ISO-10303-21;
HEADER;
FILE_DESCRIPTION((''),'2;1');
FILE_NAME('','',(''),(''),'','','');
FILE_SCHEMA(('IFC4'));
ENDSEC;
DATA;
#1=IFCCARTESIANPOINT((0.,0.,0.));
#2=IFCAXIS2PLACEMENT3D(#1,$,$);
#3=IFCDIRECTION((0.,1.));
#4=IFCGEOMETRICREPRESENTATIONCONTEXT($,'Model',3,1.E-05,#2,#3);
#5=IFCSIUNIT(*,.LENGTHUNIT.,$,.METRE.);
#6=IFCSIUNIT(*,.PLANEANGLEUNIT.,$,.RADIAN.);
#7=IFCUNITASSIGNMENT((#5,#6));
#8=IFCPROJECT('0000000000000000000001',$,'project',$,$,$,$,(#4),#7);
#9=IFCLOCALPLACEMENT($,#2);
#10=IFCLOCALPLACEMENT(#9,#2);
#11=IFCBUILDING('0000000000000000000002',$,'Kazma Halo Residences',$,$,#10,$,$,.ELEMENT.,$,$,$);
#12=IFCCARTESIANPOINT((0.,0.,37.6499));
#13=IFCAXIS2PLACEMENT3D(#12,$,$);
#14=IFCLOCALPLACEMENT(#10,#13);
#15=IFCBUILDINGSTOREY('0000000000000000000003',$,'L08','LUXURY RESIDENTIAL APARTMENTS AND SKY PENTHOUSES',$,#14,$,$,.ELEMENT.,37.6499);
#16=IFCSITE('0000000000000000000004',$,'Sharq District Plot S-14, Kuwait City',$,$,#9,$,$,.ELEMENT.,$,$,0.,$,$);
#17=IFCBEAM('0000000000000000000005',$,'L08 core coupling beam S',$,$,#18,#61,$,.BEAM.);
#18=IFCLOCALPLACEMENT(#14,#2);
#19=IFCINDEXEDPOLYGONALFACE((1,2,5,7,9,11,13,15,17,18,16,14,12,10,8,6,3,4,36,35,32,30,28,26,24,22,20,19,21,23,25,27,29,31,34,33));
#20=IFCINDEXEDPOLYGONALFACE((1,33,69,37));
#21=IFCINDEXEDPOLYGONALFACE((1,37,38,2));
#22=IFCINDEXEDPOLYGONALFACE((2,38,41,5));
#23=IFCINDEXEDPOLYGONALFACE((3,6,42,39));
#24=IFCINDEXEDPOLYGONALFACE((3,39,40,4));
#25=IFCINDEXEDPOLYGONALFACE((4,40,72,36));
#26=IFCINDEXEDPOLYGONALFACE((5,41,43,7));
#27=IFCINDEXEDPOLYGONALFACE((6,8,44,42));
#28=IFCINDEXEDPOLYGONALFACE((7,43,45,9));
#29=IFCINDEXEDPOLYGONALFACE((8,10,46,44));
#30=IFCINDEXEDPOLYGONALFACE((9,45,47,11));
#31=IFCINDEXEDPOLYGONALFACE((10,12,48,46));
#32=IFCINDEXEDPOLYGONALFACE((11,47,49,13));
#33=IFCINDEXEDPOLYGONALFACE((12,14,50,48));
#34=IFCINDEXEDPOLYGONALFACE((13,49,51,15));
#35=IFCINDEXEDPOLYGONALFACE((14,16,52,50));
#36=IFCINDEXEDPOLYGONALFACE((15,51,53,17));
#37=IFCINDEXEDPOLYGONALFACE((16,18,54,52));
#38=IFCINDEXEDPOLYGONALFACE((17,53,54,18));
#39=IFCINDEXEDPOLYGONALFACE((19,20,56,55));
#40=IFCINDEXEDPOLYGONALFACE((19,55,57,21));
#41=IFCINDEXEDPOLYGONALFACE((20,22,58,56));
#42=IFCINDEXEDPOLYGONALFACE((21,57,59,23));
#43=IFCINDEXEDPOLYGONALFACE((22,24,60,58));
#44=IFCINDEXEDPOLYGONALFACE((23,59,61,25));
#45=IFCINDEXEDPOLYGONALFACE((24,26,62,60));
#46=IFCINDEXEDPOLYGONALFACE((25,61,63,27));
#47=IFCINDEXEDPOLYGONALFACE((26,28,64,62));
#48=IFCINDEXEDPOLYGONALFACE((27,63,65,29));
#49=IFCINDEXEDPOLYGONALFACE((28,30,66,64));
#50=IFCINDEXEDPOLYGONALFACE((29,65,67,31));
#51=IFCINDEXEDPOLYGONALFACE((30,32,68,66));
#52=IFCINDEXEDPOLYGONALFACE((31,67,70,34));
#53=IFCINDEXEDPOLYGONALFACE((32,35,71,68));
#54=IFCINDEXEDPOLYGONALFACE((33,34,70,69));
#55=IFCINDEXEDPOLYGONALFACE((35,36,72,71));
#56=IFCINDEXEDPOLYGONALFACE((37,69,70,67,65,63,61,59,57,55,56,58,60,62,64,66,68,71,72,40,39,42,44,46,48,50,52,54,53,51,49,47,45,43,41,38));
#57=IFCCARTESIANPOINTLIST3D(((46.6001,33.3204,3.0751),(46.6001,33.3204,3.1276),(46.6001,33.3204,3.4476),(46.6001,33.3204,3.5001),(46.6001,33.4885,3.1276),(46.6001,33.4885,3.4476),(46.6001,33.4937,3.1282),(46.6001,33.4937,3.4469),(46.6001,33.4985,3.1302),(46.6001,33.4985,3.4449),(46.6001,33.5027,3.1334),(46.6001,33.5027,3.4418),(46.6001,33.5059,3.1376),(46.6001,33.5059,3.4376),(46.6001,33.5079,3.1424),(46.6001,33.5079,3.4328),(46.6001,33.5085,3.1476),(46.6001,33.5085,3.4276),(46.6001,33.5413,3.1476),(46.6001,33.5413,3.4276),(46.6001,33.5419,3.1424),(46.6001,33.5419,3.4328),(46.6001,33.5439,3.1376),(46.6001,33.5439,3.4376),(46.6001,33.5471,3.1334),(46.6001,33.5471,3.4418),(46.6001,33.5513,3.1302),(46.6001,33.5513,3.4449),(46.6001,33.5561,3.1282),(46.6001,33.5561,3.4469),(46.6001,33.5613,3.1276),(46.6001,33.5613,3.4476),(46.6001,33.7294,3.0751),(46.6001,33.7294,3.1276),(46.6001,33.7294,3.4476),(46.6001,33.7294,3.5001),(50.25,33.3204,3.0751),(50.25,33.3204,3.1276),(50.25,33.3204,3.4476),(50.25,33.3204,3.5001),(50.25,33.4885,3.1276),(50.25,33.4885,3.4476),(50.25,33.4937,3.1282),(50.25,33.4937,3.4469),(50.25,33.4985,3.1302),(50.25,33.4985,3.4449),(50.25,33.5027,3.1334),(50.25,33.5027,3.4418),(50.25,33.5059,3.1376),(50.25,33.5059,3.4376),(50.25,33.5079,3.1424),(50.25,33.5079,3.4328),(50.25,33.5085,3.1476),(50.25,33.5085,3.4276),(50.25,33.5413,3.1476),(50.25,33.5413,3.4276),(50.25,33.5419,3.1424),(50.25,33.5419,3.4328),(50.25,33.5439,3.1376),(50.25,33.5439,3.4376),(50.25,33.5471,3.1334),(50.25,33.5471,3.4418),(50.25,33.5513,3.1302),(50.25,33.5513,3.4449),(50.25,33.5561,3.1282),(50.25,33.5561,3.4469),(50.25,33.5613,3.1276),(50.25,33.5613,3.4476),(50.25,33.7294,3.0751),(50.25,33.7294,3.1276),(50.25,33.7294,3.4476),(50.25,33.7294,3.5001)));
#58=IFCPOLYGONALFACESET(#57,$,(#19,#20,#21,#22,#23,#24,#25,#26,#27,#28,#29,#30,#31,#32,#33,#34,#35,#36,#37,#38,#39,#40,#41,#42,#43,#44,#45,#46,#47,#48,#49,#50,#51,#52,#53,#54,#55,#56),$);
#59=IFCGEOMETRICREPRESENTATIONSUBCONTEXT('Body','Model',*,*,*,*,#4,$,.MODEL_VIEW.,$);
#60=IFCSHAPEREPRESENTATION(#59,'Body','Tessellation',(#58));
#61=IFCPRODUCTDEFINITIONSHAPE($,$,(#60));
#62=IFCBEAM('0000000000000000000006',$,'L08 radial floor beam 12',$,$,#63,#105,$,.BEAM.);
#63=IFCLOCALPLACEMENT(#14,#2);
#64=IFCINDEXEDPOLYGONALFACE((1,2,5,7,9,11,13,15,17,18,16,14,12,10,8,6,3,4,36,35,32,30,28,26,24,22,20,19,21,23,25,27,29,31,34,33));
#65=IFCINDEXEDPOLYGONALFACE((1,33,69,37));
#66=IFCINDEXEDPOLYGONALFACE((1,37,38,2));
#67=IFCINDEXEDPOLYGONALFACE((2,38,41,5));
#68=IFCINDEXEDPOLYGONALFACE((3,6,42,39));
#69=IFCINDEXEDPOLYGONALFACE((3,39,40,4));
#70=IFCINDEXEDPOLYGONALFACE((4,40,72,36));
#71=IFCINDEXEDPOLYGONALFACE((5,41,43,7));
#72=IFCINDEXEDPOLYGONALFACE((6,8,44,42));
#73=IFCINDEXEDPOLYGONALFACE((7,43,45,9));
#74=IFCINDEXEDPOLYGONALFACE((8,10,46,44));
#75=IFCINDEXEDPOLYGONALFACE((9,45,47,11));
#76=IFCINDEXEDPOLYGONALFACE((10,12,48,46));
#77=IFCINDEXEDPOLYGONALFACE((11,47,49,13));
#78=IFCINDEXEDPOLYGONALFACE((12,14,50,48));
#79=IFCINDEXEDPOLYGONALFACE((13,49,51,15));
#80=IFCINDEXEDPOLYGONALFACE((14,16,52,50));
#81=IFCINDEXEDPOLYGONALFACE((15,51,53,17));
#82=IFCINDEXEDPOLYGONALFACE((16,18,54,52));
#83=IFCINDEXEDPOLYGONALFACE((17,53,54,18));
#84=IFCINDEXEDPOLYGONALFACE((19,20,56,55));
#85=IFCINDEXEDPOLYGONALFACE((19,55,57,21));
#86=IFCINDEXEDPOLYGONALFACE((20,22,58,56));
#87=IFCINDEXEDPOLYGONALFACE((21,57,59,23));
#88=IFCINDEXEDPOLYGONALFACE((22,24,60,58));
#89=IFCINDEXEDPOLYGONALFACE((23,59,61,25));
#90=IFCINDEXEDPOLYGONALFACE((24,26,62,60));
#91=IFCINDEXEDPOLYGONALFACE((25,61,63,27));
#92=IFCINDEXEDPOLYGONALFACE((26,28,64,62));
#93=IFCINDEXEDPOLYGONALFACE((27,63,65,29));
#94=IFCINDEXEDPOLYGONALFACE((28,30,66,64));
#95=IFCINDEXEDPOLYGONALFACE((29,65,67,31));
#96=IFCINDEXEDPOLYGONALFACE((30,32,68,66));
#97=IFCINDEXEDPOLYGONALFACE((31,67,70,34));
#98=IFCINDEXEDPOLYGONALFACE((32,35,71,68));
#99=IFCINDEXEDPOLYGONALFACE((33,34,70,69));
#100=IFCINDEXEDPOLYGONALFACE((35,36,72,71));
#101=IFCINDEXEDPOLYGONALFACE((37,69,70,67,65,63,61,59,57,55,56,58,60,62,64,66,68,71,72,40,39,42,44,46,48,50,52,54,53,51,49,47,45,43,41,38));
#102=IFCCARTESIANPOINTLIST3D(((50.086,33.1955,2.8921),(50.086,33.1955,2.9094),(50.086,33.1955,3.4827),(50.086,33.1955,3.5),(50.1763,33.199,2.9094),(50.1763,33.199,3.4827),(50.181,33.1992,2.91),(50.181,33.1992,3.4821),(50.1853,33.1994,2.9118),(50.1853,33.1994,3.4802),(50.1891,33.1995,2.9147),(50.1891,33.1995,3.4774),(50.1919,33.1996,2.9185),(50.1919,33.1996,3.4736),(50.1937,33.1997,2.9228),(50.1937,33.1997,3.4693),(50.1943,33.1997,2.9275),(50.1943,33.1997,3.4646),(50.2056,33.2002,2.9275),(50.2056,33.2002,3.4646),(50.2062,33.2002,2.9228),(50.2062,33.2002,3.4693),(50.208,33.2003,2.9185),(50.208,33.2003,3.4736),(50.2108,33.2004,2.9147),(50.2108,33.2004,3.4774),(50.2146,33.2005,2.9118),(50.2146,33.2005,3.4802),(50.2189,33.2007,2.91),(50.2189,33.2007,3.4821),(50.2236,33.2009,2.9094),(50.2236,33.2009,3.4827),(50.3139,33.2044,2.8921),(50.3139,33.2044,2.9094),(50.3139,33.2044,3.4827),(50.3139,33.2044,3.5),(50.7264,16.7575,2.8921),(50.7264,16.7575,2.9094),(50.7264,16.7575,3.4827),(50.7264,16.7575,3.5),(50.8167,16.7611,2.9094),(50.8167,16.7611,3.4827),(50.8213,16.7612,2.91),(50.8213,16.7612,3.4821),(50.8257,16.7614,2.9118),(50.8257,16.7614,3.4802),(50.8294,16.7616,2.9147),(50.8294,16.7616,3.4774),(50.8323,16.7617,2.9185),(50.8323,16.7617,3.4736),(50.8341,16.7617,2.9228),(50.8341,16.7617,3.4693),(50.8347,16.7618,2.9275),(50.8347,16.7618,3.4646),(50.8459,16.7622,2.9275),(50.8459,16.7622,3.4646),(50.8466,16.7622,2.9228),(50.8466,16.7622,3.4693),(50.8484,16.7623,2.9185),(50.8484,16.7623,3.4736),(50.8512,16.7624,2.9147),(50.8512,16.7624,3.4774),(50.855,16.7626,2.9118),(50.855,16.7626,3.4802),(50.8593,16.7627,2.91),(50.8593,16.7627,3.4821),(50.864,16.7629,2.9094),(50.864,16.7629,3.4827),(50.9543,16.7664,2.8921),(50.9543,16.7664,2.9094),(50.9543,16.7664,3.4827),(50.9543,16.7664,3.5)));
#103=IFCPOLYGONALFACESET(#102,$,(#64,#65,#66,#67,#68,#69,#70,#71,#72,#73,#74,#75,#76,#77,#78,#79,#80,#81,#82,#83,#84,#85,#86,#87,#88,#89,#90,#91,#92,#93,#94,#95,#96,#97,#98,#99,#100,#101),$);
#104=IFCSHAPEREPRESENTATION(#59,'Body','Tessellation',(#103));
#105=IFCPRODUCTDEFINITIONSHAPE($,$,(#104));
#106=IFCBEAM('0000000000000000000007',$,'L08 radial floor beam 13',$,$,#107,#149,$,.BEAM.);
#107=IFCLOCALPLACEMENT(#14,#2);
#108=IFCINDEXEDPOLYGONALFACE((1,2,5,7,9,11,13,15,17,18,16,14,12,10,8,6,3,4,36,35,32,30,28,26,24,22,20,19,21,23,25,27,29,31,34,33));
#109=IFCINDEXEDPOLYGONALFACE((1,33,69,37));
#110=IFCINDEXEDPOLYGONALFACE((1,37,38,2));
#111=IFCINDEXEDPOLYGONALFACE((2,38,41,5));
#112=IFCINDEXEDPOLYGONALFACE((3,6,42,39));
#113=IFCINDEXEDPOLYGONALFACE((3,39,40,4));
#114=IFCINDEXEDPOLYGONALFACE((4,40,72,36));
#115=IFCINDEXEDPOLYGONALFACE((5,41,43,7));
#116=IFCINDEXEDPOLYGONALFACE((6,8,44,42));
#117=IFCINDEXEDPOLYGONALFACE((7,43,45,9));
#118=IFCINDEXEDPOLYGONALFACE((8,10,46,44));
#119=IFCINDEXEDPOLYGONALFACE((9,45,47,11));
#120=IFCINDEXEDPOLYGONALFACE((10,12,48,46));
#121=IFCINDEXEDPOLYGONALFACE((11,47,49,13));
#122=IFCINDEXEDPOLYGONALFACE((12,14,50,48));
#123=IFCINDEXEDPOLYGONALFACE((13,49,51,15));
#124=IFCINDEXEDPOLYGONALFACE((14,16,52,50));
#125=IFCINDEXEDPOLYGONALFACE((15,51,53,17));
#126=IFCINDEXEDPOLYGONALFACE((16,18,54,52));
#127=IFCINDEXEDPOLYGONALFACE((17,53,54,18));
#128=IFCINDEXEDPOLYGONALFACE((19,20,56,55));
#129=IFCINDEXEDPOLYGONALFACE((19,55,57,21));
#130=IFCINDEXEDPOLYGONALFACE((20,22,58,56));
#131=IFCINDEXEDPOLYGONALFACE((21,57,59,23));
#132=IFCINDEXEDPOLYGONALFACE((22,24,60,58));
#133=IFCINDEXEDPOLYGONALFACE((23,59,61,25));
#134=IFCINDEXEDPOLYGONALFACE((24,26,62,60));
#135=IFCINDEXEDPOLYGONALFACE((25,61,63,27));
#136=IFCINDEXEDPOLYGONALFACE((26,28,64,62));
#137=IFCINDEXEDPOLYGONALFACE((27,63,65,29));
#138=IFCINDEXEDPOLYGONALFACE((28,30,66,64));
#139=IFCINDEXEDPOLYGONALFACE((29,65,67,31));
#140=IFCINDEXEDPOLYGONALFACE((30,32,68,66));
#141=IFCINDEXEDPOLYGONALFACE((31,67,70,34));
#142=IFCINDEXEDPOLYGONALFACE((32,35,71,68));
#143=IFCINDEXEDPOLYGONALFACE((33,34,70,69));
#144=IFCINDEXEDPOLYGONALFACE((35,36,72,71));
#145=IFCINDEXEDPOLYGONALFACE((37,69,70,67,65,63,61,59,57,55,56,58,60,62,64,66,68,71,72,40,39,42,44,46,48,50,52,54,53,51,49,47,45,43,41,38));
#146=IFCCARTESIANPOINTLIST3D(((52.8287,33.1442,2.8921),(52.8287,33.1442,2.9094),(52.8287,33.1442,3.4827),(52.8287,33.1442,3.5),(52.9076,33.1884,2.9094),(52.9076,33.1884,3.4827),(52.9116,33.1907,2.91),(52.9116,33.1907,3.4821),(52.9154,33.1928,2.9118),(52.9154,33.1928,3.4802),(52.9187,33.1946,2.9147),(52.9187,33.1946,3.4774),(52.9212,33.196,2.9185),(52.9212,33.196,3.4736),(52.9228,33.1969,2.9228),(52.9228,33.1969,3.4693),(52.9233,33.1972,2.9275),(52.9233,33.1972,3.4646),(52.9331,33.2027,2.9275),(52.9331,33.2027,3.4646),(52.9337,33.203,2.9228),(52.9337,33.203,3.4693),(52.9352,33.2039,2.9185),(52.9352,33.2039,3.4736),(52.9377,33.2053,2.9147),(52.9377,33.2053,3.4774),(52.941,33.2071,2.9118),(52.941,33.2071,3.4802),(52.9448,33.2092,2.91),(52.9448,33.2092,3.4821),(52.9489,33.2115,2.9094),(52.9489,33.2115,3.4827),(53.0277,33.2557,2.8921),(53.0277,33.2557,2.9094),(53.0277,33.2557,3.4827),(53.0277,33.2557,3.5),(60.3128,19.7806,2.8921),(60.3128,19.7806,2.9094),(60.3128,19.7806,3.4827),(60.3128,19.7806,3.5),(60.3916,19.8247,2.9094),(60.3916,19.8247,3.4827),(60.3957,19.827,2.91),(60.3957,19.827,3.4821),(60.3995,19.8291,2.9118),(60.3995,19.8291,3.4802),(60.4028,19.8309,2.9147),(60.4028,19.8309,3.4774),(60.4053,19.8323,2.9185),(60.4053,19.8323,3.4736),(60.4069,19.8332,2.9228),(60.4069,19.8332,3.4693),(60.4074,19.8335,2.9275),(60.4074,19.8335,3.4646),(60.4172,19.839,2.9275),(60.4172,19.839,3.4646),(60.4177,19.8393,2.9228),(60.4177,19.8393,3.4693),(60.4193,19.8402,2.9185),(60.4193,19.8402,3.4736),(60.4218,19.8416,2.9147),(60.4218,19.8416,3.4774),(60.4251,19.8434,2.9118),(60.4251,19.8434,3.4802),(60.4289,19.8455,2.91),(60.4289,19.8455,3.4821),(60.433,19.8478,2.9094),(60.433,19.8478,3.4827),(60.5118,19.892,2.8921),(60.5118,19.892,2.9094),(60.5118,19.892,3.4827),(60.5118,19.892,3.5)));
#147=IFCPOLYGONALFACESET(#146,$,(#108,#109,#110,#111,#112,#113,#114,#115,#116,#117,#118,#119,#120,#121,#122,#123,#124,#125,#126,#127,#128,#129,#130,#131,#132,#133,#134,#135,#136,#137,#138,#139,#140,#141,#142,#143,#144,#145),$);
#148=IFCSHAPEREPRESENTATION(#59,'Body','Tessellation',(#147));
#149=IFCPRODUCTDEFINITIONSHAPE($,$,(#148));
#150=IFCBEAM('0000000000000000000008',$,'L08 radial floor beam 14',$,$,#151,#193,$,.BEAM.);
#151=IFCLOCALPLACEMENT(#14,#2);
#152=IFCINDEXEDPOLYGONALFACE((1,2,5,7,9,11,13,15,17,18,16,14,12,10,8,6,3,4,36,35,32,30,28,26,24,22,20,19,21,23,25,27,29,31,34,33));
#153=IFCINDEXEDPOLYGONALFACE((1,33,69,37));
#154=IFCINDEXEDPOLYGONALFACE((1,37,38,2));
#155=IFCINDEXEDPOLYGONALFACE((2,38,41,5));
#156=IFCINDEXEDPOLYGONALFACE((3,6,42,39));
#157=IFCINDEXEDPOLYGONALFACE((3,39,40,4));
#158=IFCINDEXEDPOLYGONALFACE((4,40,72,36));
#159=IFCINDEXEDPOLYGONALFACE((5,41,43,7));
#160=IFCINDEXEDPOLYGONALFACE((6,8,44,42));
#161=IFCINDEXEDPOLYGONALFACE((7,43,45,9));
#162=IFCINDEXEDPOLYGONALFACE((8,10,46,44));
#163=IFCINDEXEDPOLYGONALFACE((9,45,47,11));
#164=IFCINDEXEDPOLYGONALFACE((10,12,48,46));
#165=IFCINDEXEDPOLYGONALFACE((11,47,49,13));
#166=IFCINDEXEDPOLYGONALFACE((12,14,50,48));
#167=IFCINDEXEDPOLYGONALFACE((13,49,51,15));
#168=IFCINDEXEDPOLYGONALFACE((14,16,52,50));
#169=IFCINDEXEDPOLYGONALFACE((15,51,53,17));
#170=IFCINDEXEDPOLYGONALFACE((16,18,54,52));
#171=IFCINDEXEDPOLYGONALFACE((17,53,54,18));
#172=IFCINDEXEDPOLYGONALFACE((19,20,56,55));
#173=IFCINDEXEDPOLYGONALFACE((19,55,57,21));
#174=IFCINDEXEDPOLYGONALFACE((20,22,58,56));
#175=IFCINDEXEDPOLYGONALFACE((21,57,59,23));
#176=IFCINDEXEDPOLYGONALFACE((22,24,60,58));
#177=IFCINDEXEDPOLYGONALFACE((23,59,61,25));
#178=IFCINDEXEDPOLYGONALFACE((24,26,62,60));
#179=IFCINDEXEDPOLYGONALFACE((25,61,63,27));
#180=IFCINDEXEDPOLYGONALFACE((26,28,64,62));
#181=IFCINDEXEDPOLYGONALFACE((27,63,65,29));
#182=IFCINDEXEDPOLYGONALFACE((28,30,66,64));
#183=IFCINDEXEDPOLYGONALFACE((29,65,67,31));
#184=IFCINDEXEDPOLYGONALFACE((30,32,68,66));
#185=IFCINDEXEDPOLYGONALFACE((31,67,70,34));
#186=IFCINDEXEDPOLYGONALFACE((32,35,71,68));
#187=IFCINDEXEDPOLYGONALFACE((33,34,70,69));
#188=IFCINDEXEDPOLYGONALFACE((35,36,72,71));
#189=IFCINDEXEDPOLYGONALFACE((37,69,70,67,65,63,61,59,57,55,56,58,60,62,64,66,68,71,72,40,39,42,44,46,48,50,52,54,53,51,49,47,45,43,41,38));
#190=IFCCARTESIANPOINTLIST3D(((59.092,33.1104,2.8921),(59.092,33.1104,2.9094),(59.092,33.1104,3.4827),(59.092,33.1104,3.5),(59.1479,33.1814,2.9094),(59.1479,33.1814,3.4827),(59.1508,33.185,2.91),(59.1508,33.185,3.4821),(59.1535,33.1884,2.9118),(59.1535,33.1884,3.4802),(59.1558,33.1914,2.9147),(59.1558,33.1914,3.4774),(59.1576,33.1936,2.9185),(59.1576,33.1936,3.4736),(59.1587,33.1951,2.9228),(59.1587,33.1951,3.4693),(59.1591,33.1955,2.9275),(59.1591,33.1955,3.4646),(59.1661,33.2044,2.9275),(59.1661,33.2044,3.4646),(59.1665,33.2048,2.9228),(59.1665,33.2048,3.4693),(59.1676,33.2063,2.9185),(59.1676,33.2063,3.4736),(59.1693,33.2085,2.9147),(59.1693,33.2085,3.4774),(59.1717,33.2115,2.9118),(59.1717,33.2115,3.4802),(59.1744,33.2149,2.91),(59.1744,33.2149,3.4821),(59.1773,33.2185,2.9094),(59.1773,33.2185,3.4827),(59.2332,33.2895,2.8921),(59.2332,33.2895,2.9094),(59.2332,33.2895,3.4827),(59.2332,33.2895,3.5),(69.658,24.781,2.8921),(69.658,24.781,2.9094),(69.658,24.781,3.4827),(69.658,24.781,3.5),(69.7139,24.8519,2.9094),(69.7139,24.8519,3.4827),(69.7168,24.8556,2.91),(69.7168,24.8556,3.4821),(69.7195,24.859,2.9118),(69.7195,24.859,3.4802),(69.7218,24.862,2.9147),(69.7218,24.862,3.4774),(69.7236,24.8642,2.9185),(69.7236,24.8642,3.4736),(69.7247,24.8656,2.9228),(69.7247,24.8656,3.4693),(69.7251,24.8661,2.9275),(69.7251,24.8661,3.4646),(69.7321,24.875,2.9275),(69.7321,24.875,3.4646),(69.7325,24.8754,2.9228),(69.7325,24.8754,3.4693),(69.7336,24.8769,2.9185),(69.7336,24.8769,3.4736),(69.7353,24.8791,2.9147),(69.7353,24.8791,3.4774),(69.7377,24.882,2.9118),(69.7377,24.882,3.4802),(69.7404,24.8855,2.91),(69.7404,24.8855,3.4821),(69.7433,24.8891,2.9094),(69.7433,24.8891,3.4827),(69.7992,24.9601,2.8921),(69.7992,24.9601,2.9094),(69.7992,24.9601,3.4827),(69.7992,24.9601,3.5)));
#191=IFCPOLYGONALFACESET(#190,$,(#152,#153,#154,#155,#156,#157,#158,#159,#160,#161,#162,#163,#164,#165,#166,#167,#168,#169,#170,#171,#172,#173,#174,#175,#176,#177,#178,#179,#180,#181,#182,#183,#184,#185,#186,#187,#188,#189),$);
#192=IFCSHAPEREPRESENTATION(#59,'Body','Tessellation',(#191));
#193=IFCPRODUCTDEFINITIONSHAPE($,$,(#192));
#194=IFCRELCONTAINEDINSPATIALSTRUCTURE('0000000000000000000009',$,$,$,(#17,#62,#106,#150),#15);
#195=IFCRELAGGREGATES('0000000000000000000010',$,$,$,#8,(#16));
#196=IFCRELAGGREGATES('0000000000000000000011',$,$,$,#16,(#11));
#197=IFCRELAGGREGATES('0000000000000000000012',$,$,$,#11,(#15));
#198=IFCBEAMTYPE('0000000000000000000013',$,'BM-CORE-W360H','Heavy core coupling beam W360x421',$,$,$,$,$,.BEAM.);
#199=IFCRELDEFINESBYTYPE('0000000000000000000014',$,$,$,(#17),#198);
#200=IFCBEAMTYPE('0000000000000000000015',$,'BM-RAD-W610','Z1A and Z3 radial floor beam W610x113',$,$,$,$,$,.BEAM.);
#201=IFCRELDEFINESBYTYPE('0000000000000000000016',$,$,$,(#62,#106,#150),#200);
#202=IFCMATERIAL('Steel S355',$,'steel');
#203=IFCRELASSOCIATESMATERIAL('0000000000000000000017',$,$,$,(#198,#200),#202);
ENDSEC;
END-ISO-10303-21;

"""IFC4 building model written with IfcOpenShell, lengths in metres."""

from ifc_helpers import new_model, si_unit, direction, frame, origin, origin_2d, place, context, subcontext, project, spatial, i_section, extrude, material, material_profile, profile_set, type_object, element, save


model = new_model("IFC4")

# Units and contexts
model_context = context("Model", 3, precision=1e-05, world=origin(), true_north=direction((0.0, 1.0)))
body_context = subcontext(model_context, "Body", "Model", "MODEL_VIEW")
ifc_project = project(units=[si_unit("LENGTHUNIT", "METRE"), si_unit("PLANEANGLEUNIT", "RADIAN")], contexts=[model_context])

# Site, building, storey
site_placement = place(None, origin())
site = spatial("IfcSite", under=ifc_project, at=site_placement, Name="Sharq District Plot S-14, Kuwait City", CompositionType="ELEMENT", RefElevation=0.0)
building_placement = place(site_placement, origin())
building = spatial("IfcBuilding", under=site, at=building_placement, Name="Kazma Halo Residences", CompositionType="ELEMENT")
storey_placement = place(building_placement, frame((0.0, 0.0, 37.6499)))
storey = spatial("IfcBuildingStorey", under=building, at=storey_placement, Name="L08", Description="LUXURY RESIDENTIAL APARTMENTS AND SKY PENTHOUSES", CompositionType="ELEMENT", Elevation=37.6499)

# Beams
ifc_material_1 = material(Name="Steel S355", Category="steel")
ifc_material_profile_1 = material_profile(ifc_material_1, i_section(OverallWidth=0.4089, OverallDepth=0.425, WebThickness=0.0327, FlangeThickness=0.0525, FilletRadius=0.02, at=origin_2d()), Name="W360x421")
ifc_profile_set_1 = profile_set([ifc_material_profile_1], Name="Steel S355")
beam_type_1 = type_object("IfcBeamType", Name="BM-CORE-W360H", Description="Heavy core coupling beam W360x421", PredefinedType="BEAM", material=ifc_profile_set_1)
beam_1_placement = place(storey_placement, frame((46.6001, 33.5249, 3.2876), z_axis=(1.0, 0.0, 0.0), x_axis=(0.0, 1.0, 0.0)))
element("IfcBeam", 1, at=beam_1_placement, inside=storey, type_object=beam_type_1, Name="L08 core coupling beam S", PredefinedType="BEAM", context=body_context, shape_type="SweptSolid", body=[
    extrude(i_section(OverallWidth=0.4089, OverallDepth=0.425, WebThickness=0.0327, FlangeThickness=0.0525, FilletRadius=0.02, at=origin_2d()), origin(), (0.0, 0.0, 1.0), 3.6499),
])
ifc_material_profile_2 = material_profile(ifc_material_1, i_section(OverallWidth=0.228, OverallDepth=0.6079, WebThickness=0.0112, FlangeThickness=0.0173, FilletRadius=0.0181, at=origin_2d()), Name="W610x113")
ifc_profile_set_2 = profile_set([ifc_material_profile_2], Name="Steel S355")
beam_type_2 = type_object("IfcBeamType", Name="BM-RAD-W610", Description="Z1A and Z3 radial floor beam W610x113", PredefinedType="BEAM", material=ifc_profile_set_2)
beam_2_placement = place(storey_placement, frame((50.2, 33.2, 3.196), z_axis=(0.038928, -0.999242, 0.0), x_axis=(0.999242, 0.038928, 0.0)))
element("IfcBeam", 2, at=beam_2_placement, inside=storey, type_object=beam_type_2, Name="L08 radial floor beam 12", PredefinedType="BEAM", context=body_context, shape_type="SweptSolid", body=[
    extrude(i_section(OverallWidth=0.228, OverallDepth=0.6079, WebThickness=0.0112, FlangeThickness=0.0173, FilletRadius=0.0181, at=origin_2d()), origin(), (0.0, 0.0, 1.0), 16.4504),
])
beam_3_placement = place(storey_placement, frame((52.9282, 33.2, 3.196), z_axis=(0.488624, -0.872494, 0.0), x_axis=(0.872494, 0.488624, 0.0)))
element("IfcBeam", 3, at=beam_3_placement, inside=storey, type_object=beam_type_2, Name="L08 radial floor beam 13", PredefinedType="BEAM", context=body_context, shape_type="SweptSolid", body=[
    extrude(i_section(OverallWidth=0.228, OverallDepth=0.6079, WebThickness=0.0112, FlangeThickness=0.0173, FilletRadius=0.0181, at=origin_2d()), origin(), (0.0, 0.0, 1.0), 15.3167),
])
beam_4_placement = place(storey_placement, frame((59.1626, 33.2, 3.196), z_axis=(0.785322, -0.619087, 0.0), x_axis=(0.619087, 0.785322, 0.0)))
element("IfcBeam", 4, at=beam_4_placement, inside=storey, type_object=beam_type_2, Name="L08 radial floor beam 14", PredefinedType="BEAM", context=body_context, shape_type="SweptSolid", body=[
    extrude(i_section(OverallWidth=0.228, OverallDepth=0.6079, WebThickness=0.0112, FlangeThickness=0.0173, FilletRadius=0.0181, at=origin_2d()), origin(), (0.0, 0.0, 1.0), 13.4543),
])

save(model, "model.ifc")
